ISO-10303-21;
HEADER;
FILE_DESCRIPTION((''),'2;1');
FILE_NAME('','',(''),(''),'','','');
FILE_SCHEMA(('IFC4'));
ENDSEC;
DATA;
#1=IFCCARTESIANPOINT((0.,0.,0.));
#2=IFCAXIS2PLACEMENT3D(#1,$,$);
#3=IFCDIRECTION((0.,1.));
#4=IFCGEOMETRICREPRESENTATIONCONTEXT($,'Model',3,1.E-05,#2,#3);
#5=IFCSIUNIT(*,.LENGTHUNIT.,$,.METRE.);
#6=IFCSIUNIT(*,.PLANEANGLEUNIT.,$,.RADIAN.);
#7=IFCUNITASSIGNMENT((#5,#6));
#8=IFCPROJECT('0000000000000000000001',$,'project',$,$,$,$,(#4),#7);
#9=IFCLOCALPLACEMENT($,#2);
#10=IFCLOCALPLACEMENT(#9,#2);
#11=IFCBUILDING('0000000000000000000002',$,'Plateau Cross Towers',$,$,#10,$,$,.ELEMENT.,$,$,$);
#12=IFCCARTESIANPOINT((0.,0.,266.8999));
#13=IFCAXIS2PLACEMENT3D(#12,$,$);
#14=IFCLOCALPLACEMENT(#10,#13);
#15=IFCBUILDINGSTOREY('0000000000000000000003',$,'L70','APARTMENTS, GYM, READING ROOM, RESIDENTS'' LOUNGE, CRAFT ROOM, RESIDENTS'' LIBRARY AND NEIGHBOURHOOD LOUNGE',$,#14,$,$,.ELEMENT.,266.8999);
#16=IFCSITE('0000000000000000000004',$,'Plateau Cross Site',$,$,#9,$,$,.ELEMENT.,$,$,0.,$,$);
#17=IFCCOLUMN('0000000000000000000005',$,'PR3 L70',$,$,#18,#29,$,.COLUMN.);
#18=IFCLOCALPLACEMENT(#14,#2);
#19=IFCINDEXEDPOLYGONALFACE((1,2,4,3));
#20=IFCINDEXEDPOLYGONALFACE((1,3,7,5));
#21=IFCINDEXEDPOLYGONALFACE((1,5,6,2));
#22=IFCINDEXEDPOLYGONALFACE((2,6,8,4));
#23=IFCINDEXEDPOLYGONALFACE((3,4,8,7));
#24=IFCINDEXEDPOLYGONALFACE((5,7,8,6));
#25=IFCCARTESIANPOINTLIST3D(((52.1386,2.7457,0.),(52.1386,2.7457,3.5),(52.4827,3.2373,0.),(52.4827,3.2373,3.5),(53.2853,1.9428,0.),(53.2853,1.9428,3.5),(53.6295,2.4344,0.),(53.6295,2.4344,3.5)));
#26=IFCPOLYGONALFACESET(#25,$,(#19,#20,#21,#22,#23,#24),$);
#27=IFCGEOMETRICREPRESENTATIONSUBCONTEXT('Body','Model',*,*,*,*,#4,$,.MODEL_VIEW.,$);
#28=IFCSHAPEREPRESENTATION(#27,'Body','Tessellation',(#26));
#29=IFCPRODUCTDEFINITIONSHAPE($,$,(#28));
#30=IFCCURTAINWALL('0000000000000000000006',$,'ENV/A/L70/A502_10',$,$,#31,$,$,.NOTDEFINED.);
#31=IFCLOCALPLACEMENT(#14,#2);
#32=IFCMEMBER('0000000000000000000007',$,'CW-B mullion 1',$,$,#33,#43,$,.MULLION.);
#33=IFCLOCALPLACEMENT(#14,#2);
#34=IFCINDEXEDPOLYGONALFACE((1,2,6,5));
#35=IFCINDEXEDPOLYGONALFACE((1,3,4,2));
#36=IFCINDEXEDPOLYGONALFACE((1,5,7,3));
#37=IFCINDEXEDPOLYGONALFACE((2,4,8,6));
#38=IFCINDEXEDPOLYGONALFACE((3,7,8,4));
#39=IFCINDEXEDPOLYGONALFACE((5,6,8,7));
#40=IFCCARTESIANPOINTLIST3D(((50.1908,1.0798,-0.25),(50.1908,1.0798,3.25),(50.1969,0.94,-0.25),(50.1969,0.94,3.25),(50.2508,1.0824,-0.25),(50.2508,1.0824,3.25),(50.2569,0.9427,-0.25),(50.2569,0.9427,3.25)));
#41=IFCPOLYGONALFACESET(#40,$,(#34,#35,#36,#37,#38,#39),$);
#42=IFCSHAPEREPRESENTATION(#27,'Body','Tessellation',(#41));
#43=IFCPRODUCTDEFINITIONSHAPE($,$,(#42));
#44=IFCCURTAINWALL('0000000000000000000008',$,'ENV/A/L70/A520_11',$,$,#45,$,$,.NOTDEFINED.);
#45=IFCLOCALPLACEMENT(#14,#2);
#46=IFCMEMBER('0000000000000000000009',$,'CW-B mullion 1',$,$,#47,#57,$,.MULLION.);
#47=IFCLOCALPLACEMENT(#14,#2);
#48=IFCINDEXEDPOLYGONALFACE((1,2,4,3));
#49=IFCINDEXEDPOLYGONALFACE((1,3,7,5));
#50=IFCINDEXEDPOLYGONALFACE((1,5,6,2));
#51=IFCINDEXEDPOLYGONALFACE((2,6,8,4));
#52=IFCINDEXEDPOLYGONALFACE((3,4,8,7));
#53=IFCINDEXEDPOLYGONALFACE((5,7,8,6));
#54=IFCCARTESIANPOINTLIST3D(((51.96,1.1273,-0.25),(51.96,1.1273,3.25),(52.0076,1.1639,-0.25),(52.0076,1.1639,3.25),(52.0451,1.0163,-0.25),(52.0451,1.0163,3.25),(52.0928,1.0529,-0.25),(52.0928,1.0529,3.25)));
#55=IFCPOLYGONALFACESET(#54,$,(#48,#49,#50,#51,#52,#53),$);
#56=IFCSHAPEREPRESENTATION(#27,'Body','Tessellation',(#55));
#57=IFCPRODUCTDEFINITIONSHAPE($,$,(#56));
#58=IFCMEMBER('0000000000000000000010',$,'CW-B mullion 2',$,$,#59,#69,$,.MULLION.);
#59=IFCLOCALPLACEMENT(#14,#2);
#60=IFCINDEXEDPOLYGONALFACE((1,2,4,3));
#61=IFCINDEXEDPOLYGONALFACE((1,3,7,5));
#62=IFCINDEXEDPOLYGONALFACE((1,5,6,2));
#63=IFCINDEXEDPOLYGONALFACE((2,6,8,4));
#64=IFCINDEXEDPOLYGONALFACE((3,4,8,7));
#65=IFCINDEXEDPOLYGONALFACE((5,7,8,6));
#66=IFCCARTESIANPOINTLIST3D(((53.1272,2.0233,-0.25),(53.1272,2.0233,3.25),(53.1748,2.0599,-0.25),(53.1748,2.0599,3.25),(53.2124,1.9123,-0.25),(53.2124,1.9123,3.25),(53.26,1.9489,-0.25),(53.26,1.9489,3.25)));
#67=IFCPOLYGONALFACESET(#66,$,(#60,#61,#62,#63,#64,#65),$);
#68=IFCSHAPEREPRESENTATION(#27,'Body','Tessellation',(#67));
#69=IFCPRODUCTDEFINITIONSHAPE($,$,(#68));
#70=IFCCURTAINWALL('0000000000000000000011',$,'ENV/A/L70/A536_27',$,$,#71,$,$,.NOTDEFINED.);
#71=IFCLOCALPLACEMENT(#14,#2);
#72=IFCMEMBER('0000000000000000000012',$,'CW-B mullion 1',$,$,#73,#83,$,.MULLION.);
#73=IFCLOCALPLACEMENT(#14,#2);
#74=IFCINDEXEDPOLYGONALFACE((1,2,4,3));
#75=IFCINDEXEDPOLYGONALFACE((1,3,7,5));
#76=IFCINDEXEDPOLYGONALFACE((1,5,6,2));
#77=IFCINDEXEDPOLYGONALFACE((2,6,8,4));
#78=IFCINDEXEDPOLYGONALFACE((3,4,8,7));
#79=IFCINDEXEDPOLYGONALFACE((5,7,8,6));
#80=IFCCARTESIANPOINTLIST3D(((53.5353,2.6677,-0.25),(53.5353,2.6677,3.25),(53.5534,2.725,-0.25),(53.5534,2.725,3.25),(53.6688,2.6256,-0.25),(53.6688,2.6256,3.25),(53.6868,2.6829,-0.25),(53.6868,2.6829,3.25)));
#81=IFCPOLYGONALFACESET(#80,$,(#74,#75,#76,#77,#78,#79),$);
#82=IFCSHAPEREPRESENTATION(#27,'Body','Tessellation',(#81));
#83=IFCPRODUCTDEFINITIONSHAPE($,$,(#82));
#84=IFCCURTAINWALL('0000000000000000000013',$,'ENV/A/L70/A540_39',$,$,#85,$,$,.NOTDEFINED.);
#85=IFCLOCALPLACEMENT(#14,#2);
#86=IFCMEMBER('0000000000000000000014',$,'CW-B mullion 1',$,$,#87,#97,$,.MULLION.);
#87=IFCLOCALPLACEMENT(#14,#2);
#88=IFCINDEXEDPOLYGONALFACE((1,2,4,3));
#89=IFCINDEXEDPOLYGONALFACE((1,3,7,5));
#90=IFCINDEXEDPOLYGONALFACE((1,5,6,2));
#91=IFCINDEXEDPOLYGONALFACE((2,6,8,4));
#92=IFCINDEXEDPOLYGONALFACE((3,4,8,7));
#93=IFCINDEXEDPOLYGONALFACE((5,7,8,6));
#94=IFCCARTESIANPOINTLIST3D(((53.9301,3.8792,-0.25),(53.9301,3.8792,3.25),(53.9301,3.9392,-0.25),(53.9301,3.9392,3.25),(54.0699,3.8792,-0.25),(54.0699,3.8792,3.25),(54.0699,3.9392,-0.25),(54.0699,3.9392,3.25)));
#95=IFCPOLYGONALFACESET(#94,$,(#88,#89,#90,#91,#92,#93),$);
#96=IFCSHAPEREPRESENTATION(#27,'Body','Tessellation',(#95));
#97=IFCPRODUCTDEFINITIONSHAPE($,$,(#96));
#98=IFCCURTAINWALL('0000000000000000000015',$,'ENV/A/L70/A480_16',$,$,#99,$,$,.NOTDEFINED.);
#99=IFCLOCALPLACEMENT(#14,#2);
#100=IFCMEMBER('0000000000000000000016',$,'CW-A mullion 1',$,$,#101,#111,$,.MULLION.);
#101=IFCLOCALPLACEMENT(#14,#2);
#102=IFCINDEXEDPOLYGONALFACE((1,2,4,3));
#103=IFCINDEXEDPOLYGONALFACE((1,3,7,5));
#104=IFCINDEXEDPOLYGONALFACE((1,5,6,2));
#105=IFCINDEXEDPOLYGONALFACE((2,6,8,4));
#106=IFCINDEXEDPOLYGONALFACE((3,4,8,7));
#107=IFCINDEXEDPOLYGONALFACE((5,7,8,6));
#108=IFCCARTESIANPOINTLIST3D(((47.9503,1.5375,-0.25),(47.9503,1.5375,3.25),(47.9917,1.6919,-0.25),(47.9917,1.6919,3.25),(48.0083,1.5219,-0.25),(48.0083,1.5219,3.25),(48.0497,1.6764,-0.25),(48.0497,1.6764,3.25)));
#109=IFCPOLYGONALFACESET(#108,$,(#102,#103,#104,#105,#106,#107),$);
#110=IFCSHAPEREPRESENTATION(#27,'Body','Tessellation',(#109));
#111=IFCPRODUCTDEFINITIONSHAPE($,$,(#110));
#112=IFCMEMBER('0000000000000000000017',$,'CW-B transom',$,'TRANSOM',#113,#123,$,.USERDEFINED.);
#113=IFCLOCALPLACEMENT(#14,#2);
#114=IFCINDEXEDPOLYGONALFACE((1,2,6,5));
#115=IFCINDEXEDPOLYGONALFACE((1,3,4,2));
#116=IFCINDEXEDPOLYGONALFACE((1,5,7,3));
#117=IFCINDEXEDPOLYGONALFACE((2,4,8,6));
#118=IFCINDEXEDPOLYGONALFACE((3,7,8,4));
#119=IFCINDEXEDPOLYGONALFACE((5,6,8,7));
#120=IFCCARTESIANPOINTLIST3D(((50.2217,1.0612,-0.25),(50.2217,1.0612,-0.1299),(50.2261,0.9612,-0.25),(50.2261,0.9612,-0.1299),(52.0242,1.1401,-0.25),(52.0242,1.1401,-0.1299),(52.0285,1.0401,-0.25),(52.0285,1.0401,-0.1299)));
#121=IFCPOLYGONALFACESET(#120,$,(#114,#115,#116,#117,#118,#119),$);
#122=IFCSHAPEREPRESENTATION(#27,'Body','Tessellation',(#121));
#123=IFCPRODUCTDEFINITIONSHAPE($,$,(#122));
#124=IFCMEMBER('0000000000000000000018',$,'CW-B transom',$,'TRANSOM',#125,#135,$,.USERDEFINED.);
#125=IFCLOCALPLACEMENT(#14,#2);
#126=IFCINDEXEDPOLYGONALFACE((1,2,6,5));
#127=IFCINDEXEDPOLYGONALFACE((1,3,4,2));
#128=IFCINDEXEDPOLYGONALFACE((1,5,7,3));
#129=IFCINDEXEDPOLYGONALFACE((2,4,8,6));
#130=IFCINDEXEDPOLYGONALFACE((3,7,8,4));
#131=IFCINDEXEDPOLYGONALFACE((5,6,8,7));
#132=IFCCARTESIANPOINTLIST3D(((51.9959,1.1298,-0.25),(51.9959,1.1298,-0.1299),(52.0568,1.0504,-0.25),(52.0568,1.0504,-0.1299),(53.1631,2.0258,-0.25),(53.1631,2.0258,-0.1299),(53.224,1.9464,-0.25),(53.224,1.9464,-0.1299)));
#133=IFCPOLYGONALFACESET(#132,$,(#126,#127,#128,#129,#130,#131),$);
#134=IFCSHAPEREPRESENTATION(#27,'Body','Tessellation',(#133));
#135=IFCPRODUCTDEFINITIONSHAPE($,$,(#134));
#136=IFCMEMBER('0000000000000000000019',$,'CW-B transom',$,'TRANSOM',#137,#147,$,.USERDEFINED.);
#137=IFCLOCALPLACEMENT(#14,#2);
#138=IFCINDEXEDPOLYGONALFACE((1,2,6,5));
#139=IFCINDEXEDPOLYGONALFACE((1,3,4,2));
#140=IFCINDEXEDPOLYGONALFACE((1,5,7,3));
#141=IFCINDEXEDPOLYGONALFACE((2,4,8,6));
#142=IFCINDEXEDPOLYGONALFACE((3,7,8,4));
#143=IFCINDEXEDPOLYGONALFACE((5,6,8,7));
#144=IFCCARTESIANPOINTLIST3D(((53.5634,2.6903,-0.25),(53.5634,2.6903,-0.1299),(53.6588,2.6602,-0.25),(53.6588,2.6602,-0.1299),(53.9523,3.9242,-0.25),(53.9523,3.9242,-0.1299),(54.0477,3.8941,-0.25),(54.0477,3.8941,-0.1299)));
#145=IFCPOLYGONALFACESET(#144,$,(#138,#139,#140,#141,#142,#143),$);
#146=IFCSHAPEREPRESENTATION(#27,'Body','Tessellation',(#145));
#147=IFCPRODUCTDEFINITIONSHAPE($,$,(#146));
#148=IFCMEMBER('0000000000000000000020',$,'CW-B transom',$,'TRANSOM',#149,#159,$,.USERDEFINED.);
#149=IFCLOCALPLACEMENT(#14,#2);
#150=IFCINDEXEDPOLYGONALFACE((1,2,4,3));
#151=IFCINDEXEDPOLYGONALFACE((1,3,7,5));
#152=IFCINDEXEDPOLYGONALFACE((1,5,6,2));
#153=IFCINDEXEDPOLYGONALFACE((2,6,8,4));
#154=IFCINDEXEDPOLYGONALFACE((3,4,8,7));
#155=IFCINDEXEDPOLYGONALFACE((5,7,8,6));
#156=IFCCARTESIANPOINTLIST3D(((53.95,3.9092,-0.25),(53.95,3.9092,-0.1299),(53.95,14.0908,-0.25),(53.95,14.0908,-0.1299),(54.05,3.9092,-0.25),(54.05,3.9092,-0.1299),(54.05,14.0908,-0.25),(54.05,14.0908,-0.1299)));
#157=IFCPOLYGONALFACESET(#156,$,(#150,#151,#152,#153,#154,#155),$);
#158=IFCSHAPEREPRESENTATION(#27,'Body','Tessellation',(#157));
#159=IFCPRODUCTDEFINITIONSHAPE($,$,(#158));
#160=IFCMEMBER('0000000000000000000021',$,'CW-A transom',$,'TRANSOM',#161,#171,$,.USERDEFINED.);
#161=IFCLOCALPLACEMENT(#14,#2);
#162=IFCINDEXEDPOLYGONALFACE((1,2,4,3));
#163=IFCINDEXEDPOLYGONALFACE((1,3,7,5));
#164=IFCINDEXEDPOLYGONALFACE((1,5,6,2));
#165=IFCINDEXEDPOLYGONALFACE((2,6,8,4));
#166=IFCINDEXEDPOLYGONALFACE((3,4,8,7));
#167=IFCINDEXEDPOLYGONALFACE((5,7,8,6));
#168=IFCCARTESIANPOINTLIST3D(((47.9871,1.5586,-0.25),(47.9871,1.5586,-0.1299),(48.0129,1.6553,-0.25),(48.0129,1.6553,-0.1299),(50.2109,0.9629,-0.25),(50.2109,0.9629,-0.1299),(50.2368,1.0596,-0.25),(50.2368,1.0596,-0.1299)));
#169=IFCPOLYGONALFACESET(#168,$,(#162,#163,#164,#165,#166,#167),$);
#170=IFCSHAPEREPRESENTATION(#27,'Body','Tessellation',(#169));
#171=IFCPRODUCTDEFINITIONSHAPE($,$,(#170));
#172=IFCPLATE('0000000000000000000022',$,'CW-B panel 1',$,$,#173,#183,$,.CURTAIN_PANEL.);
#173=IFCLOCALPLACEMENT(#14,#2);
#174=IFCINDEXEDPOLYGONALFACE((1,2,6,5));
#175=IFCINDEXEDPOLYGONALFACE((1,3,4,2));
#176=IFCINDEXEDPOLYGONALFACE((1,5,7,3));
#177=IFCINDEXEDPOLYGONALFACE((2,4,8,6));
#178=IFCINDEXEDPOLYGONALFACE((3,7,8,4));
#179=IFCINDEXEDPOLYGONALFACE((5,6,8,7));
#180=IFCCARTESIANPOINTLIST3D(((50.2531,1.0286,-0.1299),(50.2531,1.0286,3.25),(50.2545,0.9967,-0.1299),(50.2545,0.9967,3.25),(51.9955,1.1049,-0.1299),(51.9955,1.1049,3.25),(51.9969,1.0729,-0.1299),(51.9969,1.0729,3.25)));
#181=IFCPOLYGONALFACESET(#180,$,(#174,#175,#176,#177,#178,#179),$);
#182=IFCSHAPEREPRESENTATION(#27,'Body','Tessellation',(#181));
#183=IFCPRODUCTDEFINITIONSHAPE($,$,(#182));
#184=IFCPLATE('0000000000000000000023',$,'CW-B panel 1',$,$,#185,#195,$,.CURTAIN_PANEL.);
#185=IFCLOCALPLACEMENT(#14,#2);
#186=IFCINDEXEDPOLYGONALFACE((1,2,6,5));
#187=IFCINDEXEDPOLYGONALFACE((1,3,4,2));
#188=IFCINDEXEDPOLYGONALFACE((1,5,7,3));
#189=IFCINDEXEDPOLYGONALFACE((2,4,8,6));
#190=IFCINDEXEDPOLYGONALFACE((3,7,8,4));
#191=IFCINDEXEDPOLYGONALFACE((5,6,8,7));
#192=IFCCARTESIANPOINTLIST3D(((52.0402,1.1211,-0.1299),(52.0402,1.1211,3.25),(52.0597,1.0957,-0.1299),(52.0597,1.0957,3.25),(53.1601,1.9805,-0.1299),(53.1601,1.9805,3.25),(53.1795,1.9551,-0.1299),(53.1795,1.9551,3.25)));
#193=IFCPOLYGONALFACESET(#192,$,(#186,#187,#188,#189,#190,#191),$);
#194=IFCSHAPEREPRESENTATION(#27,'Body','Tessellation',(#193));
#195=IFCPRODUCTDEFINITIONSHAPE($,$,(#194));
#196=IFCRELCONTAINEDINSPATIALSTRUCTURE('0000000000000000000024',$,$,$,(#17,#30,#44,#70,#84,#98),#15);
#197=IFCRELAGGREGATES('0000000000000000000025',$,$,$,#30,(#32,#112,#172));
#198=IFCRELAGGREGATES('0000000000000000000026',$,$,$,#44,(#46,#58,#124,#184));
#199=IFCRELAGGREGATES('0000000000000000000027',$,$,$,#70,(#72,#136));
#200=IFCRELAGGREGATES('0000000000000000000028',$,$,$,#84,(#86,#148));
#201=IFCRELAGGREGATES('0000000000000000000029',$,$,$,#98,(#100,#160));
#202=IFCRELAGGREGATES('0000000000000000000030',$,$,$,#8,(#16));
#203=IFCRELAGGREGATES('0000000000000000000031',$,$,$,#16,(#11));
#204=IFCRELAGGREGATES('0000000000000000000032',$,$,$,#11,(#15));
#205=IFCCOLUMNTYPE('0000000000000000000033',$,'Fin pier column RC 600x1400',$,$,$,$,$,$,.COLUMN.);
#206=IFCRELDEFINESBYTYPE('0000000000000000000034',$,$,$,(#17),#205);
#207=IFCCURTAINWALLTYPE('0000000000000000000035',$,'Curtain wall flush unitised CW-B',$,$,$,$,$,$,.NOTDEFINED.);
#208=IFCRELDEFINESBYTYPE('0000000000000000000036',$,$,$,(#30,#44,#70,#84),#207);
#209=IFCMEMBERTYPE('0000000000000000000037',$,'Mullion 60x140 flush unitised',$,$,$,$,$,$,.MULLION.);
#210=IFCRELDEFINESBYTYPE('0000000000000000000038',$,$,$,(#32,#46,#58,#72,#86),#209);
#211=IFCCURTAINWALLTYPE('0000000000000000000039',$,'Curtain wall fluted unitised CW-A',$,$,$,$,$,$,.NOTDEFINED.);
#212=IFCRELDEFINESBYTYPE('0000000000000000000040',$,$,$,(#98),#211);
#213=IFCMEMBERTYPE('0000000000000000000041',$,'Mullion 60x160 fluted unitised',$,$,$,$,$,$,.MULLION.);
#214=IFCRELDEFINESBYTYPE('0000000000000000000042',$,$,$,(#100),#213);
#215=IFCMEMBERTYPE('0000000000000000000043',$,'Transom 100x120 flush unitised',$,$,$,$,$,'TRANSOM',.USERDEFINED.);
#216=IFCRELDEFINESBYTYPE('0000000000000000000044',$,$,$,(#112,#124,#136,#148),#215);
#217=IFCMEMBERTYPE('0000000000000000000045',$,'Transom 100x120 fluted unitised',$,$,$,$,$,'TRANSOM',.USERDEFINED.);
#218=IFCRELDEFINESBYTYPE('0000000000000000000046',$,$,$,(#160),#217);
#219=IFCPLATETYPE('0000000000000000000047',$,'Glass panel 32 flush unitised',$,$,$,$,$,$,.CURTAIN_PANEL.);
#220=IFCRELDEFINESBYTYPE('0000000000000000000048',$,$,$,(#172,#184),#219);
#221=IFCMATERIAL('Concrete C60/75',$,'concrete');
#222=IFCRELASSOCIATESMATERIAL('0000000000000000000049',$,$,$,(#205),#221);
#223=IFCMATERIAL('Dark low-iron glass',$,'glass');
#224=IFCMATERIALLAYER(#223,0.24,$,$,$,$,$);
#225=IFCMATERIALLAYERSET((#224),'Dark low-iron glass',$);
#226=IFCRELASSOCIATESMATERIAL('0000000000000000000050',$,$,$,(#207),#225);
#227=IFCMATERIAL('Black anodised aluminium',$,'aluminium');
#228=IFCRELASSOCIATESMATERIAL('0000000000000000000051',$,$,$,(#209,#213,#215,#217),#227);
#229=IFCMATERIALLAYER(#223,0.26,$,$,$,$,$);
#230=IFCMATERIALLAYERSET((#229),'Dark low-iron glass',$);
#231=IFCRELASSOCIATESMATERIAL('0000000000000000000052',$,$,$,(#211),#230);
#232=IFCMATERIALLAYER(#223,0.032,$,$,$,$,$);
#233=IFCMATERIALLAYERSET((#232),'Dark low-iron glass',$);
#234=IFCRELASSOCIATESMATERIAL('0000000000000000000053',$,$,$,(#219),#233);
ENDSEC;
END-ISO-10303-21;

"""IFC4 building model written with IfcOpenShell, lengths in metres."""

from ifc_helpers import new_model, si_unit, direction, frame, origin, origin_2d, place, context, subcontext, project, spatial, rectangle, extrude, material, layer, layer_set, material_profile, profile_set, type_object, element, aggregate, save


model = new_model("IFC4")

# Units and contexts
model_context = context("Model", 3, precision=1e-05, world=origin(), true_north=direction((0.0, 1.0)))
body_context = subcontext(model_context, "Body", "Model", "MODEL_VIEW")
ifc_project = project(units=[si_unit("LENGTHUNIT", "METRE"), si_unit("PLANEANGLEUNIT", "RADIAN")], contexts=[model_context])

# Site, building, storey
site_placement = place(None, origin())
site = spatial("IfcSite", under=ifc_project, at=site_placement, Name="Plateau Cross Site", CompositionType="ELEMENT", RefElevation=0.0)
building_placement = place(site_placement, origin())
building = spatial("IfcBuilding", under=site, at=building_placement, Name="Plateau Cross Towers", CompositionType="ELEMENT")
storey_placement = place(building_placement, frame((0.0, 0.0, 266.8999)))
storey = spatial("IfcBuildingStorey", under=building, at=storey_placement, Name="L70", Description="APARTMENTS, GYM, READING ROOM, RESIDENTS' LOUNGE, CRAFT ROOM, RESIDENTS' LIBRARY AND NEIGHBOURHOOD LOUNGE", CompositionType="ELEMENT", Elevation=266.8999)

# Column
ifc_material_1 = material(Name="Concrete C60/75", Category="concrete")
ifc_material_profile_1 = material_profile(ifc_material_1, rectangle(XDim=0.6001, YDim=1.3999, at=origin_2d()), Name="RC 600x1400")
ifc_profile_set_1 = profile_set([ifc_material_profile_1], Name="Concrete C60/75")
column_type = type_object("IfcColumnType", Name="Fin pier column RC 600x1400", PredefinedType="COLUMN", material=ifc_profile_set_1)
column_placement = place(storey_placement, frame((52.884, 2.5901, 0.0), z_axis=(0.0, 0.0, 1.0), x_axis=(0.573543, 0.819176, 0.0)))
element("IfcColumn", 1, at=column_placement, inside=storey, type_object=column_type, Name="PR3 L70", PredefinedType="COLUMN", context=body_context, shape_type="SweptSolid", body=[
    extrude(rectangle(XDim=0.6001, YDim=1.3999, at=origin_2d()), origin(), (0.0, 0.0, 1.0), 3.5),
])

# Curtain wall, member
ifc_material_2 = material(Name="Dark low-iron glass", Category="glass")
ifc_layer_1 = layer(ifc_material_2, 0.24)
ifc_layer_set_1 = layer_set([ifc_layer_1], Name="Dark low-iron glass")
curtain_wall_type_1 = type_object("IfcCurtainWallType", Name="Curtain wall flush unitised CW-B", PredefinedType="NOTDEFINED", material=ifc_layer_set_1)
curtain_wall_1_placement = place(storey_placement, origin())
curtain_wall_1 = element("IfcCurtainWall", 2, at=curtain_wall_1_placement, inside=storey, type_object=curtain_wall_type_1, Name="ENV/A/L70/A502_10", PredefinedType="NOTDEFINED")
ifc_material_3 = material(Name="Black anodised aluminium", Category="aluminium")
ifc_material_profile_2 = material_profile(ifc_material_3, rectangle(XDim=0.0601, YDim=0.1399, at=origin_2d()), Name="MULLION 60x140")
ifc_profile_set_2 = profile_set([ifc_material_profile_2], Name="Black anodised aluminium")
member_type_1 = type_object("IfcMemberType", Name="Mullion 60x140 flush unitised", PredefinedType="MULLION", material=ifc_profile_set_2)
member_1_placement = place(storey_placement, frame((50.2239, 1.0112, -0.25), z_axis=(0.0, 0.0, 1.0), x_axis=(0.999044, 0.043723, 0.0)))
member_1 = element("IfcMember", 3, at=member_1_placement, type_object=member_type_1, Name="CW-B mullion 1", PredefinedType="MULLION", context=body_context, shape_type="SweptSolid", body=[
    extrude(rectangle(XDim=0.0601, YDim=0.1399, at=origin_2d()), origin(), (0.0, 0.0, 1.0), 3.5),
])

# Curtain wall, members
curtain_wall_2_placement = place(storey_placement, origin())
curtain_wall_2 = element("IfcCurtainWall", 4, at=curtain_wall_2_placement, inside=storey, type_object=curtain_wall_type_1, Name="ENV/A/L70/A520_11", PredefinedType="NOTDEFINED")
member_2_placement = place(storey_placement, frame((52.0264, 1.0901, -0.25), z_axis=(0.0, 0.0, 1.0), x_axis=(0.793316, 0.608811, 0.0)))
member_2 = element("IfcMember", 5, at=member_2_placement, type_object=member_type_1, Name="CW-B mullion 1", PredefinedType="MULLION", context=body_context, shape_type="SweptSolid", body=[
    extrude(rectangle(XDim=0.0601, YDim=0.1399, at=origin_2d()), origin(), (0.0, 0.0, 1.0), 3.5),
])
member_3_placement = place(storey_placement, frame((53.1936, 1.9861, -0.25), z_axis=(0.0, 0.0, 1.0), x_axis=(0.793316, 0.608811, 0.0)))
member_3 = element("IfcMember", 6, at=member_3_placement, type_object=member_type_1, Name="CW-B mullion 2", PredefinedType="MULLION", context=body_context, shape_type="SweptSolid", body=[
    extrude(rectangle(XDim=0.0601, YDim=0.1399, at=origin_2d()), origin(), (0.0, 0.0, 1.0), 3.5),
])

# Curtain walls, members
curtain_wall_3_placement = place(storey_placement, origin())
curtain_wall_3 = element("IfcCurtainWall", 7, at=curtain_wall_3_placement, inside=storey, type_object=curtain_wall_type_1, Name="ENV/A/L70/A536_27", PredefinedType="NOTDEFINED")
member_4_placement = place(storey_placement, frame((53.6111, 2.6753, -0.25), z_axis=(0.0, 0.0, 1.0), x_axis=(0.300686, 0.953723, 0.0)))
member_4 = element("IfcMember", 8, at=member_4_placement, type_object=member_type_1, Name="CW-B mullion 1", PredefinedType="MULLION", context=body_context, shape_type="SweptSolid", body=[
    extrude(rectangle(XDim=0.0601, YDim=0.1399, at=origin_2d()), origin(), (0.0, 0.0, 1.0), 3.5),
])
curtain_wall_4_placement = place(storey_placement, origin())
curtain_wall_4 = element("IfcCurtainWall", 9, at=curtain_wall_4_placement, inside=storey, type_object=curtain_wall_type_1, Name="ENV/A/L70/A540_39", PredefinedType="NOTDEFINED")
member_5_placement = place(storey_placement, frame((54.0, 3.9092, -0.25), z_axis=(0.0, 0.0, 1.0), x_axis=(0.0, 1.0, 0.0)))
member_5 = element("IfcMember", 10, at=member_5_placement, type_object=member_type_1, Name="CW-B mullion 1", PredefinedType="MULLION", context=body_context, shape_type="SweptSolid", body=[
    extrude(rectangle(XDim=0.0601, YDim=0.1399, at=origin_2d()), origin(), (0.0, 0.0, 1.0), 3.5),
])
ifc_layer_2 = layer(ifc_material_2, 0.26)
ifc_layer_set_2 = layer_set([ifc_layer_2], Name="Dark low-iron glass")
curtain_wall_type_2 = type_object("IfcCurtainWallType", Name="Curtain wall fluted unitised CW-A", PredefinedType="NOTDEFINED", material=ifc_layer_set_2)
curtain_wall_5_placement = place(storey_placement, origin())
curtain_wall_5 = element("IfcCurtainWall", 11, at=curtain_wall_5_placement, inside=storey, type_object=curtain_wall_type_2, Name="ENV/A/L70/A480_16", PredefinedType="NOTDEFINED")
ifc_material_profile_3 = material_profile(ifc_material_3, rectangle(XDim=0.0601, YDim=0.1599, at=origin_2d()), Name="MULLION 60x160")
ifc_profile_set_3 = profile_set([ifc_material_profile_3], Name="Black anodised aluminium")
member_type_2 = type_object("IfcMemberType", Name="Mullion 60x160 fluted unitised", PredefinedType="MULLION", material=ifc_profile_set_3)
member_6_placement = place(storey_placement, frame((48.0, 1.6069, -0.25), z_axis=(0.0, 0.0, 1.0), x_axis=(0.965958, -0.258699, 0.0)))
member_6 = element("IfcMember", 12, at=member_6_placement, type_object=member_type_2, Name="CW-A mullion 1", PredefinedType="MULLION", context=body_context, shape_type="SweptSolid", body=[
    extrude(rectangle(XDim=0.0601, YDim=0.1599, at=origin_2d()), origin(), (0.0, 0.0, 1.0), 3.5),
])

# Members
ifc_material_profile_4 = material_profile(ifc_material_3, rectangle(XDim=0.1001, YDim=0.1201, at=origin_2d()), Name="TRANSOM 100x120")
ifc_profile_set_4 = profile_set([ifc_material_profile_4], Name="Black anodised aluminium")
member_type_3 = type_object("IfcMemberType", Name="Transom 100x120 flush unitised", ElementType="TRANSOM", PredefinedType="USERDEFINED", material=ifc_profile_set_4)
member_7_placement = place(storey_placement, frame((50.2239, 1.0112, -0.1899), z_axis=(0.999044, 0.043707, 0.0), x_axis=(-0.043707, 0.999044, 0.0)))
member_7 = element("IfcMember", 13, at=member_7_placement, type_object=member_type_3, Name="CW-B transom", ObjectType="TRANSOM", PredefinedType="USERDEFINED", context=body_context, shape_type="SweptSolid", body=[
    extrude(rectangle(XDim=0.1001, YDim=0.1201, at=origin_2d()), origin(), (0.0, 0.0, 1.0), 1.8042),
])
member_8_placement = place(storey_placement, frame((52.0264, 1.0901, -0.1899), z_axis=(0.79324, 0.608909, 0.0), x_axis=(-0.608909, 0.79324, 0.0)))
member_8 = element("IfcMember", 14, at=member_8_placement, type_object=member_type_3, Name="CW-B transom", ObjectType="TRANSOM", PredefinedType="USERDEFINED", context=body_context, shape_type="SweptSolid", body=[
    extrude(rectangle(XDim=0.1001, YDim=0.1201, at=origin_2d()), origin(), (0.0, 0.0, 1.0), 1.4714),
])
member_9_placement = place(storey_placement, frame((53.6111, 2.6753, -0.1899), z_axis=(0.300617, 0.953745, 0.0), x_axis=(-0.953745, 0.300617, 0.0)))
member_9 = element("IfcMember", 15, at=member_9_placement, type_object=member_type_3, Name="CW-B transom", ObjectType="TRANSOM", PredefinedType="USERDEFINED", context=body_context, shape_type="SweptSolid", body=[
    extrude(rectangle(XDim=0.1001, YDim=0.1201, at=origin_2d()), origin(), (0.0, 0.0, 1.0), 1.2937),
])
member_10_placement = place(storey_placement, frame((54.0, 3.9092, -0.1899), z_axis=(0.0, 1.0, 0.0), x_axis=(-1.0, 0.0, 0.0)))
member_10 = element("IfcMember", 16, at=member_10_placement, type_object=member_type_3, Name="CW-B transom", ObjectType="TRANSOM", PredefinedType="USERDEFINED", context=body_context, shape_type="SweptSolid", body=[
    extrude(rectangle(XDim=0.1001, YDim=0.1201, at=origin_2d()), origin(), (0.0, 0.0, 1.0), 10.1816),
])
ifc_material_profile_5 = material_profile(ifc_material_3, rectangle(XDim=0.1001, YDim=0.1201, at=origin_2d()), Name="TRANSOM 100x120")
ifc_profile_set_5 = profile_set([ifc_material_profile_5], Name="Black anodised aluminium")
member_type_4 = type_object("IfcMemberType", Name="Transom 100x120 fluted unitised", ElementType="TRANSOM", PredefinedType="USERDEFINED", material=ifc_profile_set_5)
member_11_placement = place(storey_placement, frame((48.0, 1.6069, -0.1899), z_axis=(0.965946, -0.258745, 0.0), x_axis=(0.258745, 0.965946, 0.0)))
member_11 = element("IfcMember", 17, at=member_11_placement, type_object=member_type_4, Name="CW-A transom", ObjectType="TRANSOM", PredefinedType="USERDEFINED", context=body_context, shape_type="SweptSolid", body=[
    extrude(rectangle(XDim=0.1001, YDim=0.1201, at=origin_2d()), origin(), (0.0, 0.0, 1.0), 2.3022),
])

# Plates
ifc_layer_3 = layer(ifc_material_2, 0.032)
ifc_layer_set_3 = layer_set([ifc_layer_3], Name="Dark low-iron glass")
plate_type_1 = type_object("IfcPlateType", Name="Glass panel 32 flush unitised", PredefinedType="CURTAIN_PANEL", material=ifc_layer_set_3)
plate_1_placement = place(storey_placement, frame((51.125, 1.0508, -0.1299), z_axis=(0.0, 0.0, 1.0), x_axis=(0.999044, 0.043723, 0.0)))
plate_1 = element("IfcPlate", 18, at=plate_1_placement, type_object=plate_type_1, Name="CW-B panel 1", PredefinedType="CURTAIN_PANEL", context=body_context, shape_type="SweptSolid", body=[
    extrude(rectangle(XDim=1.7441, YDim=0.032, at=origin_2d()), origin(), (0.0, 0.0, 1.0), 3.3799),
])
aggregate(curtain_wall_1, [member_1, member_7, plate_1])
plate_2_placement = place(storey_placement, frame((52.6099, 1.5381, -0.1299), z_axis=(0.0, 0.0, 1.0), x_axis=(0.793316, 0.608811, 0.0)))
plate_2 = element("IfcPlate", 19, at=plate_2_placement, type_object=plate_type_1, Name="CW-B panel 1", PredefinedType="CURTAIN_PANEL", context=body_context, shape_type="SweptSolid", body=[
    extrude(rectangle(XDim=1.4116, YDim=0.032, at=origin_2d()), origin(), (0.0, 0.0, 1.0), 3.3799),
])
aggregate(curtain_wall_2, [member_2, member_3, member_8, plate_2])
aggregate(curtain_wall_3, [member_4, member_9])
aggregate(curtain_wall_4, [member_5, member_10])

aggregate(curtain_wall_5, [member_6, member_11])

save(model, "model.ifc")
